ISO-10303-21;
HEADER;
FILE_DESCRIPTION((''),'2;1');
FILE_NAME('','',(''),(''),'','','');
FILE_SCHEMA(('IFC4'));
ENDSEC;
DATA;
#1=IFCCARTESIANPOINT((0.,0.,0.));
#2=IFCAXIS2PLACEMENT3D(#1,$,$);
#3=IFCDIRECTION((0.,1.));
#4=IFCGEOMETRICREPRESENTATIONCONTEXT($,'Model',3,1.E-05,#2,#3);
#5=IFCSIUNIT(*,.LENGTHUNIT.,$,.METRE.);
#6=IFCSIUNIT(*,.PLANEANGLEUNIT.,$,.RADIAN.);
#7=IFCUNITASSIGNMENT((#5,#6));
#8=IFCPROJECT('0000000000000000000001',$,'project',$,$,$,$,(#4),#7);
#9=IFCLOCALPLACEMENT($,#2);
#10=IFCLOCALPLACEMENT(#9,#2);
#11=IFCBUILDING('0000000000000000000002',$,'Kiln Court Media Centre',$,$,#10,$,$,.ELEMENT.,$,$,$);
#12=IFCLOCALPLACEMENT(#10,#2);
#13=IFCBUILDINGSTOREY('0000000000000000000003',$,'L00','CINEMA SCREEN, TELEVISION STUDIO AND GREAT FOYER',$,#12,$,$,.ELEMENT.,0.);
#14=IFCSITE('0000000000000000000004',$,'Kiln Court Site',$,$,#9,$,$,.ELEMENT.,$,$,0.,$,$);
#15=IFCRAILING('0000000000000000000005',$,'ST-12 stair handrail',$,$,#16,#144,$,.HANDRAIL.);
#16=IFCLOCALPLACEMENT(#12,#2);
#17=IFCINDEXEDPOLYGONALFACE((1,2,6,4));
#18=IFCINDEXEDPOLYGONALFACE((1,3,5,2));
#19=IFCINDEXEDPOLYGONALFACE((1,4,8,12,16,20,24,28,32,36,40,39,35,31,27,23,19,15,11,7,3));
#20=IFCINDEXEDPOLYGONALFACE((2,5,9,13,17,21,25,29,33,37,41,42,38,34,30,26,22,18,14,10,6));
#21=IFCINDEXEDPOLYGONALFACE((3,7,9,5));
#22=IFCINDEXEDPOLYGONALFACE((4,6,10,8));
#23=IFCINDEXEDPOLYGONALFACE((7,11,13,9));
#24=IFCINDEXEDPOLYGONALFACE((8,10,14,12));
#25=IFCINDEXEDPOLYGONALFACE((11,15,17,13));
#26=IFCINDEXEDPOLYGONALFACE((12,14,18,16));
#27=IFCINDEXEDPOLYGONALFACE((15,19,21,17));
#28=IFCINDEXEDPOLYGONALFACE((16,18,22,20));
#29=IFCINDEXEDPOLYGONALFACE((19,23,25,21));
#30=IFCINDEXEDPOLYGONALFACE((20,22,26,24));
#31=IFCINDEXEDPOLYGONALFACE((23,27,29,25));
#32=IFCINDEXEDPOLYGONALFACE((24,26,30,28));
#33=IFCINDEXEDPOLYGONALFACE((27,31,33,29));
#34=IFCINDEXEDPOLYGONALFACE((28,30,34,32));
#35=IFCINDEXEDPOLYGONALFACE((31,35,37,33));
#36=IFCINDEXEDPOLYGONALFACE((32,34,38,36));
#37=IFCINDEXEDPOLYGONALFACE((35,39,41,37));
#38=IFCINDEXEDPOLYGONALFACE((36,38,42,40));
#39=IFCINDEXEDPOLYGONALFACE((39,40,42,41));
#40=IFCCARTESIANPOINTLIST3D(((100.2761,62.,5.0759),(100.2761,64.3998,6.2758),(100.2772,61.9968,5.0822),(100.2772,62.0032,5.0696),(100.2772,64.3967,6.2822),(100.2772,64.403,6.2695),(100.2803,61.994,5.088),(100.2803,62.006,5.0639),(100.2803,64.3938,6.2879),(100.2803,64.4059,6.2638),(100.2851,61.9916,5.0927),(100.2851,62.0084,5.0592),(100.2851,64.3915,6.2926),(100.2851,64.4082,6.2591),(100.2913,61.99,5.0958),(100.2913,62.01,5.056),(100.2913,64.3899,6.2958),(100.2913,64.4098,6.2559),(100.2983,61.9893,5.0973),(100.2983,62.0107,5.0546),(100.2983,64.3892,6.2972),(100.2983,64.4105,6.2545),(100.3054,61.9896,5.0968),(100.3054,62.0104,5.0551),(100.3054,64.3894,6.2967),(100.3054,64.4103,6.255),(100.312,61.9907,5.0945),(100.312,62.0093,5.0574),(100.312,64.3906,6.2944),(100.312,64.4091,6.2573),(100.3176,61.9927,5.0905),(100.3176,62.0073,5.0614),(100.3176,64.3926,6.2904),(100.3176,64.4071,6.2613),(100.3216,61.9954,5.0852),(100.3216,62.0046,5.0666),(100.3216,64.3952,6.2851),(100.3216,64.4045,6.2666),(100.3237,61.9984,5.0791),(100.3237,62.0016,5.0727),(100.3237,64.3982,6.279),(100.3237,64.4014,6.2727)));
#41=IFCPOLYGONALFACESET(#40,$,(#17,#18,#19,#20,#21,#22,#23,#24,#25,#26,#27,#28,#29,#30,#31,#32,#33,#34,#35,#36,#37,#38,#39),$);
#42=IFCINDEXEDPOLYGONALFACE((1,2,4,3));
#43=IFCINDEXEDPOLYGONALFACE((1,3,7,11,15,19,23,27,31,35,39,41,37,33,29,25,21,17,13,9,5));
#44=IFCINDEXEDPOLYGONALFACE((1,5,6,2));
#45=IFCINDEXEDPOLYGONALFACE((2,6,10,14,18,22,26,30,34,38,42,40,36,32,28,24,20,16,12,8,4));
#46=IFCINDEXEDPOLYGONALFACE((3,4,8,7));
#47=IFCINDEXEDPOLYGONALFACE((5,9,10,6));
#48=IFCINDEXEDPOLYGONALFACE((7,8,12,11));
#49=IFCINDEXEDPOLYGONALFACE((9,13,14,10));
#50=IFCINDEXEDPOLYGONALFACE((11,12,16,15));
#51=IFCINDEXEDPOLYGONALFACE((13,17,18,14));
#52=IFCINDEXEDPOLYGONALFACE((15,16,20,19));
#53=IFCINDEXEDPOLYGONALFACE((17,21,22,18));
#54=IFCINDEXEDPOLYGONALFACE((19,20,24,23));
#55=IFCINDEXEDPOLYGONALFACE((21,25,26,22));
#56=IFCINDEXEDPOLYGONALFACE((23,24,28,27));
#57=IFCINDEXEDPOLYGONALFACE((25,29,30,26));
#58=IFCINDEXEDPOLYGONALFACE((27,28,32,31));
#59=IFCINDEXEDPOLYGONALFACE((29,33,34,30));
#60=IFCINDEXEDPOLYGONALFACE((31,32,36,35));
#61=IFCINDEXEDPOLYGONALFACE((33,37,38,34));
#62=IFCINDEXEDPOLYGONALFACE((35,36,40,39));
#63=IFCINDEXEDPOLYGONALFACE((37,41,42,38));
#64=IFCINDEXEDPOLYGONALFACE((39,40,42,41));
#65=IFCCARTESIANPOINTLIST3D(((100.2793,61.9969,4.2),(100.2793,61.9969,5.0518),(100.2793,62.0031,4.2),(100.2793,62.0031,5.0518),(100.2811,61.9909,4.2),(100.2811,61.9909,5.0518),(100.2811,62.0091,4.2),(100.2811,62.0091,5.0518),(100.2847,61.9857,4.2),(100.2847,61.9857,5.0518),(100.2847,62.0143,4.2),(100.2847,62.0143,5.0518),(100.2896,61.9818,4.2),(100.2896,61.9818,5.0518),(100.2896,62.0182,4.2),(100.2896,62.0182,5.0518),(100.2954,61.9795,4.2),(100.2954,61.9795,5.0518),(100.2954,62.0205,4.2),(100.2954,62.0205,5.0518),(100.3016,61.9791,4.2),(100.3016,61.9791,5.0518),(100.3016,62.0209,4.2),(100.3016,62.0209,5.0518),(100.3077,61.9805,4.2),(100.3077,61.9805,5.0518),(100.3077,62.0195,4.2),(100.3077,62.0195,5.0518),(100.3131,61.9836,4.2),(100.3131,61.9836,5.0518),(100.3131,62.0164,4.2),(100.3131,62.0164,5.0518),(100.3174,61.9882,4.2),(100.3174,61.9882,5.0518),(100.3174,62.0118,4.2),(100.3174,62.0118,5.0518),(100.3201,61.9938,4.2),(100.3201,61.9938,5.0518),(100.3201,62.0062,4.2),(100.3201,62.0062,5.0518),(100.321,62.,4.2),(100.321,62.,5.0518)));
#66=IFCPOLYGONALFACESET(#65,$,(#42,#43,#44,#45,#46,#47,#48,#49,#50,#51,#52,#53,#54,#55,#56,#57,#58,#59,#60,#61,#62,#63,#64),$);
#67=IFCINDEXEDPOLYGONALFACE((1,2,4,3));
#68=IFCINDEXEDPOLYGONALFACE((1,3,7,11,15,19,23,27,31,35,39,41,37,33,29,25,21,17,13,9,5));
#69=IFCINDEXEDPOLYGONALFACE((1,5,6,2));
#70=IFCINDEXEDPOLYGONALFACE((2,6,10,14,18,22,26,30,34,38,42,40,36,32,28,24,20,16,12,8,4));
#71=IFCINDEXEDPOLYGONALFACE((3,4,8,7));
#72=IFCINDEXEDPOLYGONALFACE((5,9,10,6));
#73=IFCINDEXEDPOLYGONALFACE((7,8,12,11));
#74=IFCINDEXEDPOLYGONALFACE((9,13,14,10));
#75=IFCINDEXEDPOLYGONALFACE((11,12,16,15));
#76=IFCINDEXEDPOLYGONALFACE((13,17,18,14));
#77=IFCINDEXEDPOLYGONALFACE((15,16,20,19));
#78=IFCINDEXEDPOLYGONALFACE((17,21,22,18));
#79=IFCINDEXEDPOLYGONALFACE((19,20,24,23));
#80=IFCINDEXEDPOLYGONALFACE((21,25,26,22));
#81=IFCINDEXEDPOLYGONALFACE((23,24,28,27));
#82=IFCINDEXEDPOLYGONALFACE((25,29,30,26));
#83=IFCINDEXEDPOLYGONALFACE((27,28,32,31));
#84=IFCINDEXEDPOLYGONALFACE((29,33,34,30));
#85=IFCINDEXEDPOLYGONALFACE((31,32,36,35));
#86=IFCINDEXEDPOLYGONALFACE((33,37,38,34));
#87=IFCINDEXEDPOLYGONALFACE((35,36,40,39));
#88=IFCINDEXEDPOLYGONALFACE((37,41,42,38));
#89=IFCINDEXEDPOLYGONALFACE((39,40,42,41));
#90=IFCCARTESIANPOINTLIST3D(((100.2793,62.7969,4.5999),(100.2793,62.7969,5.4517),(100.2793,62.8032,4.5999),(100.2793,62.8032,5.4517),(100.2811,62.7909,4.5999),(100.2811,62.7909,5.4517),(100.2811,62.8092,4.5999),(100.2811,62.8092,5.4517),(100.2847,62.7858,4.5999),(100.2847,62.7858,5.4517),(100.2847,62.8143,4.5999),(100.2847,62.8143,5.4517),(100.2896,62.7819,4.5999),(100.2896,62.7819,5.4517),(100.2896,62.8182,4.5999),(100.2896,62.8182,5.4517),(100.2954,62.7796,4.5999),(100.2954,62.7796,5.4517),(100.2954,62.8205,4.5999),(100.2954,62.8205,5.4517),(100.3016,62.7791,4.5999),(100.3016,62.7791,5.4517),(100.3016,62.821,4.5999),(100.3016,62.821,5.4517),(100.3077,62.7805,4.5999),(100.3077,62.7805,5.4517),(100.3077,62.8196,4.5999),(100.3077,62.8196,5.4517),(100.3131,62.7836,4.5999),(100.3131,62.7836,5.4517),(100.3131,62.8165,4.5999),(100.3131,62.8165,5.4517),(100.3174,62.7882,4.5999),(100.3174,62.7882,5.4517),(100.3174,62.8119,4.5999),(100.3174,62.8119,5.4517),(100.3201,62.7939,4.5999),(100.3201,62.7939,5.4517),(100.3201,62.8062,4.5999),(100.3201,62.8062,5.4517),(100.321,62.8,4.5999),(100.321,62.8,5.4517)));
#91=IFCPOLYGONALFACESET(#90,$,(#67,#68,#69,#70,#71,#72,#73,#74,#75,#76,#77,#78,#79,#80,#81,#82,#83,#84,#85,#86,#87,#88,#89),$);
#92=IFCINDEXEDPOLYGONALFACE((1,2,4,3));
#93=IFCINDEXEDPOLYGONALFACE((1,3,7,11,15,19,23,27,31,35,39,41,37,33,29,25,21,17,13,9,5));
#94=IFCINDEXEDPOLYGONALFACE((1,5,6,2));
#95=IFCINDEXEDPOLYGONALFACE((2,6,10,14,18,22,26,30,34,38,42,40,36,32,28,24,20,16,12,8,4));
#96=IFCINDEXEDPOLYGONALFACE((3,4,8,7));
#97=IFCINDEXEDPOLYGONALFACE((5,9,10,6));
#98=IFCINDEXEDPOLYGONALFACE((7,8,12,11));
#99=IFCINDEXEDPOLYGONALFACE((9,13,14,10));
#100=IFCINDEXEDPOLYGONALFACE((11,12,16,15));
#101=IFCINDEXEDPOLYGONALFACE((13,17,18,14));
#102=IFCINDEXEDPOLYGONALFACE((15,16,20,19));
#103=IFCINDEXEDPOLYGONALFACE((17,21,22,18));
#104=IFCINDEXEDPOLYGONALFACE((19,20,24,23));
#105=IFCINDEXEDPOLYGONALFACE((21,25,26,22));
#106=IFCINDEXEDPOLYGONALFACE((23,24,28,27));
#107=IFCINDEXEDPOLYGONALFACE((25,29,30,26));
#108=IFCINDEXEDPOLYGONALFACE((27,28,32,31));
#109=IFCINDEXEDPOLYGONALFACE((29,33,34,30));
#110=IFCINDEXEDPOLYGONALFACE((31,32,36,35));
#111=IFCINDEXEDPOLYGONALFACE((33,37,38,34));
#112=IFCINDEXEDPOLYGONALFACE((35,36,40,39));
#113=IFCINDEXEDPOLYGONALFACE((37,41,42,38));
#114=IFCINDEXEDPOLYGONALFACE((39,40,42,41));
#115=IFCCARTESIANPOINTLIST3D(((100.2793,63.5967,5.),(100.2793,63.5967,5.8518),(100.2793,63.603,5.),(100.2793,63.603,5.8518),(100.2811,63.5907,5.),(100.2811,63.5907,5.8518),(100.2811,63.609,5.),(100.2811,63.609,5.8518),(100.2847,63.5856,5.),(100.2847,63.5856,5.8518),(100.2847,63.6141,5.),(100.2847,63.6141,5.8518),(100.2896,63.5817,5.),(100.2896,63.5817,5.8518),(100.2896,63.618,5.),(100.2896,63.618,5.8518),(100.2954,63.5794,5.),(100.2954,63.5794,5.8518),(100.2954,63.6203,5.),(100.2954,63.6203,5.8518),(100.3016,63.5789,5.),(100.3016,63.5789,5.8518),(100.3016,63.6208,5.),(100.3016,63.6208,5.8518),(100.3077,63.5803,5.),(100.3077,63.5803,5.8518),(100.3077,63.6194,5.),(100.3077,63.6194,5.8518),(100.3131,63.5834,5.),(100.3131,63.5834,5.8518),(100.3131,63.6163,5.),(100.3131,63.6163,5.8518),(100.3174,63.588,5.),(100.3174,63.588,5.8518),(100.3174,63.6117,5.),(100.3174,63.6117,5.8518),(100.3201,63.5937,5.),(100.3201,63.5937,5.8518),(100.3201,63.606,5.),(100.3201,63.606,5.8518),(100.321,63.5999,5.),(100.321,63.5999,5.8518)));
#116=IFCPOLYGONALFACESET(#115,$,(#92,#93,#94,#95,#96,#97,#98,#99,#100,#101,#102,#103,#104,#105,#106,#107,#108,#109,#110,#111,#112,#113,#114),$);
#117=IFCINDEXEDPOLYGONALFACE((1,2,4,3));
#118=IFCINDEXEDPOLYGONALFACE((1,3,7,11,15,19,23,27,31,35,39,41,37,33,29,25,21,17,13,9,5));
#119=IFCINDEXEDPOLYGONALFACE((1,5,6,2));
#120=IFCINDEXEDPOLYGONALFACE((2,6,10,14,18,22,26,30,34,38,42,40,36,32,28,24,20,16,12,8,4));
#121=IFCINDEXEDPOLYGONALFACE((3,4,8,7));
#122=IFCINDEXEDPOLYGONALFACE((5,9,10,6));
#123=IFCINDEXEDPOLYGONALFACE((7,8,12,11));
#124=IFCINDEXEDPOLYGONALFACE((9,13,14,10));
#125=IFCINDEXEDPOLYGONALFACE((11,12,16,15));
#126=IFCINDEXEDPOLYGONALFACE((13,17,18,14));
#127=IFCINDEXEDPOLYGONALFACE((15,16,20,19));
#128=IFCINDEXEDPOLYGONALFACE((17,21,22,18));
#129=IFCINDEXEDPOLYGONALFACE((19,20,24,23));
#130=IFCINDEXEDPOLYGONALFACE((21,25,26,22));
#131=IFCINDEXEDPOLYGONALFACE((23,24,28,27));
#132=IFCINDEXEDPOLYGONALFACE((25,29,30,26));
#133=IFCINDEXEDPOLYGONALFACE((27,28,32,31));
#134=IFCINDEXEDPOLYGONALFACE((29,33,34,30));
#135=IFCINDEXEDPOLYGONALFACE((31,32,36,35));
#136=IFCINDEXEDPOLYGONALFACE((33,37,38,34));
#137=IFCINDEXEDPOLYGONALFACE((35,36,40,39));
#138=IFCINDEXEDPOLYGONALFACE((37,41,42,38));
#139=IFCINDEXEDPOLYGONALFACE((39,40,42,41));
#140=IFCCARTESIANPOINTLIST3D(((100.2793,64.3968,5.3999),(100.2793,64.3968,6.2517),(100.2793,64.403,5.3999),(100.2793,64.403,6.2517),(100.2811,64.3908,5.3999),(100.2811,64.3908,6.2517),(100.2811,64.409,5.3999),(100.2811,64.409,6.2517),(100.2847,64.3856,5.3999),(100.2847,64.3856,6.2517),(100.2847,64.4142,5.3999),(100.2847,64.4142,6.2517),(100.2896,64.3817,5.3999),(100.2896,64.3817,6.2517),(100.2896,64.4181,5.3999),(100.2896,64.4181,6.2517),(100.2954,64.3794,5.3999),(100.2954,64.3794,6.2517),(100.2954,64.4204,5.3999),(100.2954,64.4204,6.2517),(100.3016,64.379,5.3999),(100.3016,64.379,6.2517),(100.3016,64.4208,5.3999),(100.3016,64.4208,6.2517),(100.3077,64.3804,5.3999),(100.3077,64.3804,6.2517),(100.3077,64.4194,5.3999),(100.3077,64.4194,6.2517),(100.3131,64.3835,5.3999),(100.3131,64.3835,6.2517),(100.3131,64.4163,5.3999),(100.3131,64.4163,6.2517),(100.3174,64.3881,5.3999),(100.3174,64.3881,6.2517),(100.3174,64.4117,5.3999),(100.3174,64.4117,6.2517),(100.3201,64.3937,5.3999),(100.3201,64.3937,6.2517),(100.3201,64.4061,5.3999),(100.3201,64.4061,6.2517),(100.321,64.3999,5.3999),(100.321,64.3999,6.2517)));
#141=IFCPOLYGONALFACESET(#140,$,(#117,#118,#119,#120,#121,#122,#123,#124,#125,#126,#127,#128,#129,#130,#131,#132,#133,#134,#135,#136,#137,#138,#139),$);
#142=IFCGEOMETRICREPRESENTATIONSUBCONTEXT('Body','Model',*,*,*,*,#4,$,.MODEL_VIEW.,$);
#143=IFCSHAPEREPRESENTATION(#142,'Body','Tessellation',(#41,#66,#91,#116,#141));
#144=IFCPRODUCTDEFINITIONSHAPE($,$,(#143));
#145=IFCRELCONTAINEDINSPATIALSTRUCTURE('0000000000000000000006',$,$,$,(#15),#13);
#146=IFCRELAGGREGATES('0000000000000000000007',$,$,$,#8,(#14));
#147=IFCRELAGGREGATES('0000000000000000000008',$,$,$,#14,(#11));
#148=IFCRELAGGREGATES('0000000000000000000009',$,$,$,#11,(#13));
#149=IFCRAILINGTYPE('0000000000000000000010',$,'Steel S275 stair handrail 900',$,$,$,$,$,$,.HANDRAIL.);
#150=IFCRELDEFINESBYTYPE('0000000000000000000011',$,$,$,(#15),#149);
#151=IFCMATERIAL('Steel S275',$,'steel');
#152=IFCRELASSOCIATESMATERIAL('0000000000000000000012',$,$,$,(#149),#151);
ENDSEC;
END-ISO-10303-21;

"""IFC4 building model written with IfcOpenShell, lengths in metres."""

from ifc_helpers import new_model, si_unit, direction, frame, origin, origin_2d, place, context, subcontext, project, spatial, circle, extrude, material, type_object, element, save


model = new_model("IFC4")

# Units and contexts
model_context = context("Model", 3, precision=1e-05, world=origin(), true_north=direction((0.0, 1.0)))
body_context = subcontext(model_context, "Body", "Model", "MODEL_VIEW")
ifc_project = project(units=[si_unit("LENGTHUNIT", "METRE"), si_unit("PLANEANGLEUNIT", "RADIAN")], contexts=[model_context])

# Site, building, storey
site_placement = place(None, origin())
site = spatial("IfcSite", under=ifc_project, at=site_placement, Name="Kiln Court Site", CompositionType="ELEMENT", RefElevation=0.0)
building_placement = place(site_placement, origin())
building = spatial("IfcBuilding", under=site, at=building_placement, Name="Kiln Court Media Centre", CompositionType="ELEMENT")
storey_placement = place(building_placement, origin())
storey = spatial("IfcBuildingStorey", under=building, at=storey_placement, Name="L00", Description="CINEMA SCREEN, TELEVISION STUDIO AND GREAT FOYER", CompositionType="ELEMENT", Elevation=0.0)

# Railing
ifc_material_1 = material(Name="Steel S275", Category="steel")
railing_type_1 = type_object("IfcRailingType", Name="Steel S275 stair handrail 900", PredefinedType="HANDRAIL", material=ifc_material_1)
railing_1_placement = place(storey_placement, frame((100.3, 62.0, 4.2)))
element("IfcRailing", 1, at=railing_1_placement, inside=storey, type_object=railing_type_1, Name="ST-12 stair handrail", PredefinedType="HANDRAIL", context=body_context, shape_type="SweptSolid", body=[
    extrude(circle(Radius=0.0239, at=origin_2d()), frame((0.0, 0.0, 0.876), z_axis=(0.0, 0.894427, 0.447214), x_axis=(-1.0, 0.0, 0.0)), (0.0, 0.0, 1.0), 2.6831),
    extrude(circle(Radius=0.021, at=origin_2d()), origin(), (0.0, 0.0, 1.0), 0.8518),
    extrude(circle(Radius=0.021, at=origin_2d()), frame((0.0, 0.8, 0.3999)), (0.0, 0.0, 1.0), 0.8518),
    extrude(circle(Radius=0.021, at=origin_2d()), frame((0.0, 1.5999, 0.8)), (0.0, 0.0, 1.0), 0.8518),
    extrude(circle(Radius=0.021, at=origin_2d()), frame((0.0, 2.3999, 1.2)), (0.0, 0.0, 1.0), 0.8518),
])

save(model, "model.ifc")
